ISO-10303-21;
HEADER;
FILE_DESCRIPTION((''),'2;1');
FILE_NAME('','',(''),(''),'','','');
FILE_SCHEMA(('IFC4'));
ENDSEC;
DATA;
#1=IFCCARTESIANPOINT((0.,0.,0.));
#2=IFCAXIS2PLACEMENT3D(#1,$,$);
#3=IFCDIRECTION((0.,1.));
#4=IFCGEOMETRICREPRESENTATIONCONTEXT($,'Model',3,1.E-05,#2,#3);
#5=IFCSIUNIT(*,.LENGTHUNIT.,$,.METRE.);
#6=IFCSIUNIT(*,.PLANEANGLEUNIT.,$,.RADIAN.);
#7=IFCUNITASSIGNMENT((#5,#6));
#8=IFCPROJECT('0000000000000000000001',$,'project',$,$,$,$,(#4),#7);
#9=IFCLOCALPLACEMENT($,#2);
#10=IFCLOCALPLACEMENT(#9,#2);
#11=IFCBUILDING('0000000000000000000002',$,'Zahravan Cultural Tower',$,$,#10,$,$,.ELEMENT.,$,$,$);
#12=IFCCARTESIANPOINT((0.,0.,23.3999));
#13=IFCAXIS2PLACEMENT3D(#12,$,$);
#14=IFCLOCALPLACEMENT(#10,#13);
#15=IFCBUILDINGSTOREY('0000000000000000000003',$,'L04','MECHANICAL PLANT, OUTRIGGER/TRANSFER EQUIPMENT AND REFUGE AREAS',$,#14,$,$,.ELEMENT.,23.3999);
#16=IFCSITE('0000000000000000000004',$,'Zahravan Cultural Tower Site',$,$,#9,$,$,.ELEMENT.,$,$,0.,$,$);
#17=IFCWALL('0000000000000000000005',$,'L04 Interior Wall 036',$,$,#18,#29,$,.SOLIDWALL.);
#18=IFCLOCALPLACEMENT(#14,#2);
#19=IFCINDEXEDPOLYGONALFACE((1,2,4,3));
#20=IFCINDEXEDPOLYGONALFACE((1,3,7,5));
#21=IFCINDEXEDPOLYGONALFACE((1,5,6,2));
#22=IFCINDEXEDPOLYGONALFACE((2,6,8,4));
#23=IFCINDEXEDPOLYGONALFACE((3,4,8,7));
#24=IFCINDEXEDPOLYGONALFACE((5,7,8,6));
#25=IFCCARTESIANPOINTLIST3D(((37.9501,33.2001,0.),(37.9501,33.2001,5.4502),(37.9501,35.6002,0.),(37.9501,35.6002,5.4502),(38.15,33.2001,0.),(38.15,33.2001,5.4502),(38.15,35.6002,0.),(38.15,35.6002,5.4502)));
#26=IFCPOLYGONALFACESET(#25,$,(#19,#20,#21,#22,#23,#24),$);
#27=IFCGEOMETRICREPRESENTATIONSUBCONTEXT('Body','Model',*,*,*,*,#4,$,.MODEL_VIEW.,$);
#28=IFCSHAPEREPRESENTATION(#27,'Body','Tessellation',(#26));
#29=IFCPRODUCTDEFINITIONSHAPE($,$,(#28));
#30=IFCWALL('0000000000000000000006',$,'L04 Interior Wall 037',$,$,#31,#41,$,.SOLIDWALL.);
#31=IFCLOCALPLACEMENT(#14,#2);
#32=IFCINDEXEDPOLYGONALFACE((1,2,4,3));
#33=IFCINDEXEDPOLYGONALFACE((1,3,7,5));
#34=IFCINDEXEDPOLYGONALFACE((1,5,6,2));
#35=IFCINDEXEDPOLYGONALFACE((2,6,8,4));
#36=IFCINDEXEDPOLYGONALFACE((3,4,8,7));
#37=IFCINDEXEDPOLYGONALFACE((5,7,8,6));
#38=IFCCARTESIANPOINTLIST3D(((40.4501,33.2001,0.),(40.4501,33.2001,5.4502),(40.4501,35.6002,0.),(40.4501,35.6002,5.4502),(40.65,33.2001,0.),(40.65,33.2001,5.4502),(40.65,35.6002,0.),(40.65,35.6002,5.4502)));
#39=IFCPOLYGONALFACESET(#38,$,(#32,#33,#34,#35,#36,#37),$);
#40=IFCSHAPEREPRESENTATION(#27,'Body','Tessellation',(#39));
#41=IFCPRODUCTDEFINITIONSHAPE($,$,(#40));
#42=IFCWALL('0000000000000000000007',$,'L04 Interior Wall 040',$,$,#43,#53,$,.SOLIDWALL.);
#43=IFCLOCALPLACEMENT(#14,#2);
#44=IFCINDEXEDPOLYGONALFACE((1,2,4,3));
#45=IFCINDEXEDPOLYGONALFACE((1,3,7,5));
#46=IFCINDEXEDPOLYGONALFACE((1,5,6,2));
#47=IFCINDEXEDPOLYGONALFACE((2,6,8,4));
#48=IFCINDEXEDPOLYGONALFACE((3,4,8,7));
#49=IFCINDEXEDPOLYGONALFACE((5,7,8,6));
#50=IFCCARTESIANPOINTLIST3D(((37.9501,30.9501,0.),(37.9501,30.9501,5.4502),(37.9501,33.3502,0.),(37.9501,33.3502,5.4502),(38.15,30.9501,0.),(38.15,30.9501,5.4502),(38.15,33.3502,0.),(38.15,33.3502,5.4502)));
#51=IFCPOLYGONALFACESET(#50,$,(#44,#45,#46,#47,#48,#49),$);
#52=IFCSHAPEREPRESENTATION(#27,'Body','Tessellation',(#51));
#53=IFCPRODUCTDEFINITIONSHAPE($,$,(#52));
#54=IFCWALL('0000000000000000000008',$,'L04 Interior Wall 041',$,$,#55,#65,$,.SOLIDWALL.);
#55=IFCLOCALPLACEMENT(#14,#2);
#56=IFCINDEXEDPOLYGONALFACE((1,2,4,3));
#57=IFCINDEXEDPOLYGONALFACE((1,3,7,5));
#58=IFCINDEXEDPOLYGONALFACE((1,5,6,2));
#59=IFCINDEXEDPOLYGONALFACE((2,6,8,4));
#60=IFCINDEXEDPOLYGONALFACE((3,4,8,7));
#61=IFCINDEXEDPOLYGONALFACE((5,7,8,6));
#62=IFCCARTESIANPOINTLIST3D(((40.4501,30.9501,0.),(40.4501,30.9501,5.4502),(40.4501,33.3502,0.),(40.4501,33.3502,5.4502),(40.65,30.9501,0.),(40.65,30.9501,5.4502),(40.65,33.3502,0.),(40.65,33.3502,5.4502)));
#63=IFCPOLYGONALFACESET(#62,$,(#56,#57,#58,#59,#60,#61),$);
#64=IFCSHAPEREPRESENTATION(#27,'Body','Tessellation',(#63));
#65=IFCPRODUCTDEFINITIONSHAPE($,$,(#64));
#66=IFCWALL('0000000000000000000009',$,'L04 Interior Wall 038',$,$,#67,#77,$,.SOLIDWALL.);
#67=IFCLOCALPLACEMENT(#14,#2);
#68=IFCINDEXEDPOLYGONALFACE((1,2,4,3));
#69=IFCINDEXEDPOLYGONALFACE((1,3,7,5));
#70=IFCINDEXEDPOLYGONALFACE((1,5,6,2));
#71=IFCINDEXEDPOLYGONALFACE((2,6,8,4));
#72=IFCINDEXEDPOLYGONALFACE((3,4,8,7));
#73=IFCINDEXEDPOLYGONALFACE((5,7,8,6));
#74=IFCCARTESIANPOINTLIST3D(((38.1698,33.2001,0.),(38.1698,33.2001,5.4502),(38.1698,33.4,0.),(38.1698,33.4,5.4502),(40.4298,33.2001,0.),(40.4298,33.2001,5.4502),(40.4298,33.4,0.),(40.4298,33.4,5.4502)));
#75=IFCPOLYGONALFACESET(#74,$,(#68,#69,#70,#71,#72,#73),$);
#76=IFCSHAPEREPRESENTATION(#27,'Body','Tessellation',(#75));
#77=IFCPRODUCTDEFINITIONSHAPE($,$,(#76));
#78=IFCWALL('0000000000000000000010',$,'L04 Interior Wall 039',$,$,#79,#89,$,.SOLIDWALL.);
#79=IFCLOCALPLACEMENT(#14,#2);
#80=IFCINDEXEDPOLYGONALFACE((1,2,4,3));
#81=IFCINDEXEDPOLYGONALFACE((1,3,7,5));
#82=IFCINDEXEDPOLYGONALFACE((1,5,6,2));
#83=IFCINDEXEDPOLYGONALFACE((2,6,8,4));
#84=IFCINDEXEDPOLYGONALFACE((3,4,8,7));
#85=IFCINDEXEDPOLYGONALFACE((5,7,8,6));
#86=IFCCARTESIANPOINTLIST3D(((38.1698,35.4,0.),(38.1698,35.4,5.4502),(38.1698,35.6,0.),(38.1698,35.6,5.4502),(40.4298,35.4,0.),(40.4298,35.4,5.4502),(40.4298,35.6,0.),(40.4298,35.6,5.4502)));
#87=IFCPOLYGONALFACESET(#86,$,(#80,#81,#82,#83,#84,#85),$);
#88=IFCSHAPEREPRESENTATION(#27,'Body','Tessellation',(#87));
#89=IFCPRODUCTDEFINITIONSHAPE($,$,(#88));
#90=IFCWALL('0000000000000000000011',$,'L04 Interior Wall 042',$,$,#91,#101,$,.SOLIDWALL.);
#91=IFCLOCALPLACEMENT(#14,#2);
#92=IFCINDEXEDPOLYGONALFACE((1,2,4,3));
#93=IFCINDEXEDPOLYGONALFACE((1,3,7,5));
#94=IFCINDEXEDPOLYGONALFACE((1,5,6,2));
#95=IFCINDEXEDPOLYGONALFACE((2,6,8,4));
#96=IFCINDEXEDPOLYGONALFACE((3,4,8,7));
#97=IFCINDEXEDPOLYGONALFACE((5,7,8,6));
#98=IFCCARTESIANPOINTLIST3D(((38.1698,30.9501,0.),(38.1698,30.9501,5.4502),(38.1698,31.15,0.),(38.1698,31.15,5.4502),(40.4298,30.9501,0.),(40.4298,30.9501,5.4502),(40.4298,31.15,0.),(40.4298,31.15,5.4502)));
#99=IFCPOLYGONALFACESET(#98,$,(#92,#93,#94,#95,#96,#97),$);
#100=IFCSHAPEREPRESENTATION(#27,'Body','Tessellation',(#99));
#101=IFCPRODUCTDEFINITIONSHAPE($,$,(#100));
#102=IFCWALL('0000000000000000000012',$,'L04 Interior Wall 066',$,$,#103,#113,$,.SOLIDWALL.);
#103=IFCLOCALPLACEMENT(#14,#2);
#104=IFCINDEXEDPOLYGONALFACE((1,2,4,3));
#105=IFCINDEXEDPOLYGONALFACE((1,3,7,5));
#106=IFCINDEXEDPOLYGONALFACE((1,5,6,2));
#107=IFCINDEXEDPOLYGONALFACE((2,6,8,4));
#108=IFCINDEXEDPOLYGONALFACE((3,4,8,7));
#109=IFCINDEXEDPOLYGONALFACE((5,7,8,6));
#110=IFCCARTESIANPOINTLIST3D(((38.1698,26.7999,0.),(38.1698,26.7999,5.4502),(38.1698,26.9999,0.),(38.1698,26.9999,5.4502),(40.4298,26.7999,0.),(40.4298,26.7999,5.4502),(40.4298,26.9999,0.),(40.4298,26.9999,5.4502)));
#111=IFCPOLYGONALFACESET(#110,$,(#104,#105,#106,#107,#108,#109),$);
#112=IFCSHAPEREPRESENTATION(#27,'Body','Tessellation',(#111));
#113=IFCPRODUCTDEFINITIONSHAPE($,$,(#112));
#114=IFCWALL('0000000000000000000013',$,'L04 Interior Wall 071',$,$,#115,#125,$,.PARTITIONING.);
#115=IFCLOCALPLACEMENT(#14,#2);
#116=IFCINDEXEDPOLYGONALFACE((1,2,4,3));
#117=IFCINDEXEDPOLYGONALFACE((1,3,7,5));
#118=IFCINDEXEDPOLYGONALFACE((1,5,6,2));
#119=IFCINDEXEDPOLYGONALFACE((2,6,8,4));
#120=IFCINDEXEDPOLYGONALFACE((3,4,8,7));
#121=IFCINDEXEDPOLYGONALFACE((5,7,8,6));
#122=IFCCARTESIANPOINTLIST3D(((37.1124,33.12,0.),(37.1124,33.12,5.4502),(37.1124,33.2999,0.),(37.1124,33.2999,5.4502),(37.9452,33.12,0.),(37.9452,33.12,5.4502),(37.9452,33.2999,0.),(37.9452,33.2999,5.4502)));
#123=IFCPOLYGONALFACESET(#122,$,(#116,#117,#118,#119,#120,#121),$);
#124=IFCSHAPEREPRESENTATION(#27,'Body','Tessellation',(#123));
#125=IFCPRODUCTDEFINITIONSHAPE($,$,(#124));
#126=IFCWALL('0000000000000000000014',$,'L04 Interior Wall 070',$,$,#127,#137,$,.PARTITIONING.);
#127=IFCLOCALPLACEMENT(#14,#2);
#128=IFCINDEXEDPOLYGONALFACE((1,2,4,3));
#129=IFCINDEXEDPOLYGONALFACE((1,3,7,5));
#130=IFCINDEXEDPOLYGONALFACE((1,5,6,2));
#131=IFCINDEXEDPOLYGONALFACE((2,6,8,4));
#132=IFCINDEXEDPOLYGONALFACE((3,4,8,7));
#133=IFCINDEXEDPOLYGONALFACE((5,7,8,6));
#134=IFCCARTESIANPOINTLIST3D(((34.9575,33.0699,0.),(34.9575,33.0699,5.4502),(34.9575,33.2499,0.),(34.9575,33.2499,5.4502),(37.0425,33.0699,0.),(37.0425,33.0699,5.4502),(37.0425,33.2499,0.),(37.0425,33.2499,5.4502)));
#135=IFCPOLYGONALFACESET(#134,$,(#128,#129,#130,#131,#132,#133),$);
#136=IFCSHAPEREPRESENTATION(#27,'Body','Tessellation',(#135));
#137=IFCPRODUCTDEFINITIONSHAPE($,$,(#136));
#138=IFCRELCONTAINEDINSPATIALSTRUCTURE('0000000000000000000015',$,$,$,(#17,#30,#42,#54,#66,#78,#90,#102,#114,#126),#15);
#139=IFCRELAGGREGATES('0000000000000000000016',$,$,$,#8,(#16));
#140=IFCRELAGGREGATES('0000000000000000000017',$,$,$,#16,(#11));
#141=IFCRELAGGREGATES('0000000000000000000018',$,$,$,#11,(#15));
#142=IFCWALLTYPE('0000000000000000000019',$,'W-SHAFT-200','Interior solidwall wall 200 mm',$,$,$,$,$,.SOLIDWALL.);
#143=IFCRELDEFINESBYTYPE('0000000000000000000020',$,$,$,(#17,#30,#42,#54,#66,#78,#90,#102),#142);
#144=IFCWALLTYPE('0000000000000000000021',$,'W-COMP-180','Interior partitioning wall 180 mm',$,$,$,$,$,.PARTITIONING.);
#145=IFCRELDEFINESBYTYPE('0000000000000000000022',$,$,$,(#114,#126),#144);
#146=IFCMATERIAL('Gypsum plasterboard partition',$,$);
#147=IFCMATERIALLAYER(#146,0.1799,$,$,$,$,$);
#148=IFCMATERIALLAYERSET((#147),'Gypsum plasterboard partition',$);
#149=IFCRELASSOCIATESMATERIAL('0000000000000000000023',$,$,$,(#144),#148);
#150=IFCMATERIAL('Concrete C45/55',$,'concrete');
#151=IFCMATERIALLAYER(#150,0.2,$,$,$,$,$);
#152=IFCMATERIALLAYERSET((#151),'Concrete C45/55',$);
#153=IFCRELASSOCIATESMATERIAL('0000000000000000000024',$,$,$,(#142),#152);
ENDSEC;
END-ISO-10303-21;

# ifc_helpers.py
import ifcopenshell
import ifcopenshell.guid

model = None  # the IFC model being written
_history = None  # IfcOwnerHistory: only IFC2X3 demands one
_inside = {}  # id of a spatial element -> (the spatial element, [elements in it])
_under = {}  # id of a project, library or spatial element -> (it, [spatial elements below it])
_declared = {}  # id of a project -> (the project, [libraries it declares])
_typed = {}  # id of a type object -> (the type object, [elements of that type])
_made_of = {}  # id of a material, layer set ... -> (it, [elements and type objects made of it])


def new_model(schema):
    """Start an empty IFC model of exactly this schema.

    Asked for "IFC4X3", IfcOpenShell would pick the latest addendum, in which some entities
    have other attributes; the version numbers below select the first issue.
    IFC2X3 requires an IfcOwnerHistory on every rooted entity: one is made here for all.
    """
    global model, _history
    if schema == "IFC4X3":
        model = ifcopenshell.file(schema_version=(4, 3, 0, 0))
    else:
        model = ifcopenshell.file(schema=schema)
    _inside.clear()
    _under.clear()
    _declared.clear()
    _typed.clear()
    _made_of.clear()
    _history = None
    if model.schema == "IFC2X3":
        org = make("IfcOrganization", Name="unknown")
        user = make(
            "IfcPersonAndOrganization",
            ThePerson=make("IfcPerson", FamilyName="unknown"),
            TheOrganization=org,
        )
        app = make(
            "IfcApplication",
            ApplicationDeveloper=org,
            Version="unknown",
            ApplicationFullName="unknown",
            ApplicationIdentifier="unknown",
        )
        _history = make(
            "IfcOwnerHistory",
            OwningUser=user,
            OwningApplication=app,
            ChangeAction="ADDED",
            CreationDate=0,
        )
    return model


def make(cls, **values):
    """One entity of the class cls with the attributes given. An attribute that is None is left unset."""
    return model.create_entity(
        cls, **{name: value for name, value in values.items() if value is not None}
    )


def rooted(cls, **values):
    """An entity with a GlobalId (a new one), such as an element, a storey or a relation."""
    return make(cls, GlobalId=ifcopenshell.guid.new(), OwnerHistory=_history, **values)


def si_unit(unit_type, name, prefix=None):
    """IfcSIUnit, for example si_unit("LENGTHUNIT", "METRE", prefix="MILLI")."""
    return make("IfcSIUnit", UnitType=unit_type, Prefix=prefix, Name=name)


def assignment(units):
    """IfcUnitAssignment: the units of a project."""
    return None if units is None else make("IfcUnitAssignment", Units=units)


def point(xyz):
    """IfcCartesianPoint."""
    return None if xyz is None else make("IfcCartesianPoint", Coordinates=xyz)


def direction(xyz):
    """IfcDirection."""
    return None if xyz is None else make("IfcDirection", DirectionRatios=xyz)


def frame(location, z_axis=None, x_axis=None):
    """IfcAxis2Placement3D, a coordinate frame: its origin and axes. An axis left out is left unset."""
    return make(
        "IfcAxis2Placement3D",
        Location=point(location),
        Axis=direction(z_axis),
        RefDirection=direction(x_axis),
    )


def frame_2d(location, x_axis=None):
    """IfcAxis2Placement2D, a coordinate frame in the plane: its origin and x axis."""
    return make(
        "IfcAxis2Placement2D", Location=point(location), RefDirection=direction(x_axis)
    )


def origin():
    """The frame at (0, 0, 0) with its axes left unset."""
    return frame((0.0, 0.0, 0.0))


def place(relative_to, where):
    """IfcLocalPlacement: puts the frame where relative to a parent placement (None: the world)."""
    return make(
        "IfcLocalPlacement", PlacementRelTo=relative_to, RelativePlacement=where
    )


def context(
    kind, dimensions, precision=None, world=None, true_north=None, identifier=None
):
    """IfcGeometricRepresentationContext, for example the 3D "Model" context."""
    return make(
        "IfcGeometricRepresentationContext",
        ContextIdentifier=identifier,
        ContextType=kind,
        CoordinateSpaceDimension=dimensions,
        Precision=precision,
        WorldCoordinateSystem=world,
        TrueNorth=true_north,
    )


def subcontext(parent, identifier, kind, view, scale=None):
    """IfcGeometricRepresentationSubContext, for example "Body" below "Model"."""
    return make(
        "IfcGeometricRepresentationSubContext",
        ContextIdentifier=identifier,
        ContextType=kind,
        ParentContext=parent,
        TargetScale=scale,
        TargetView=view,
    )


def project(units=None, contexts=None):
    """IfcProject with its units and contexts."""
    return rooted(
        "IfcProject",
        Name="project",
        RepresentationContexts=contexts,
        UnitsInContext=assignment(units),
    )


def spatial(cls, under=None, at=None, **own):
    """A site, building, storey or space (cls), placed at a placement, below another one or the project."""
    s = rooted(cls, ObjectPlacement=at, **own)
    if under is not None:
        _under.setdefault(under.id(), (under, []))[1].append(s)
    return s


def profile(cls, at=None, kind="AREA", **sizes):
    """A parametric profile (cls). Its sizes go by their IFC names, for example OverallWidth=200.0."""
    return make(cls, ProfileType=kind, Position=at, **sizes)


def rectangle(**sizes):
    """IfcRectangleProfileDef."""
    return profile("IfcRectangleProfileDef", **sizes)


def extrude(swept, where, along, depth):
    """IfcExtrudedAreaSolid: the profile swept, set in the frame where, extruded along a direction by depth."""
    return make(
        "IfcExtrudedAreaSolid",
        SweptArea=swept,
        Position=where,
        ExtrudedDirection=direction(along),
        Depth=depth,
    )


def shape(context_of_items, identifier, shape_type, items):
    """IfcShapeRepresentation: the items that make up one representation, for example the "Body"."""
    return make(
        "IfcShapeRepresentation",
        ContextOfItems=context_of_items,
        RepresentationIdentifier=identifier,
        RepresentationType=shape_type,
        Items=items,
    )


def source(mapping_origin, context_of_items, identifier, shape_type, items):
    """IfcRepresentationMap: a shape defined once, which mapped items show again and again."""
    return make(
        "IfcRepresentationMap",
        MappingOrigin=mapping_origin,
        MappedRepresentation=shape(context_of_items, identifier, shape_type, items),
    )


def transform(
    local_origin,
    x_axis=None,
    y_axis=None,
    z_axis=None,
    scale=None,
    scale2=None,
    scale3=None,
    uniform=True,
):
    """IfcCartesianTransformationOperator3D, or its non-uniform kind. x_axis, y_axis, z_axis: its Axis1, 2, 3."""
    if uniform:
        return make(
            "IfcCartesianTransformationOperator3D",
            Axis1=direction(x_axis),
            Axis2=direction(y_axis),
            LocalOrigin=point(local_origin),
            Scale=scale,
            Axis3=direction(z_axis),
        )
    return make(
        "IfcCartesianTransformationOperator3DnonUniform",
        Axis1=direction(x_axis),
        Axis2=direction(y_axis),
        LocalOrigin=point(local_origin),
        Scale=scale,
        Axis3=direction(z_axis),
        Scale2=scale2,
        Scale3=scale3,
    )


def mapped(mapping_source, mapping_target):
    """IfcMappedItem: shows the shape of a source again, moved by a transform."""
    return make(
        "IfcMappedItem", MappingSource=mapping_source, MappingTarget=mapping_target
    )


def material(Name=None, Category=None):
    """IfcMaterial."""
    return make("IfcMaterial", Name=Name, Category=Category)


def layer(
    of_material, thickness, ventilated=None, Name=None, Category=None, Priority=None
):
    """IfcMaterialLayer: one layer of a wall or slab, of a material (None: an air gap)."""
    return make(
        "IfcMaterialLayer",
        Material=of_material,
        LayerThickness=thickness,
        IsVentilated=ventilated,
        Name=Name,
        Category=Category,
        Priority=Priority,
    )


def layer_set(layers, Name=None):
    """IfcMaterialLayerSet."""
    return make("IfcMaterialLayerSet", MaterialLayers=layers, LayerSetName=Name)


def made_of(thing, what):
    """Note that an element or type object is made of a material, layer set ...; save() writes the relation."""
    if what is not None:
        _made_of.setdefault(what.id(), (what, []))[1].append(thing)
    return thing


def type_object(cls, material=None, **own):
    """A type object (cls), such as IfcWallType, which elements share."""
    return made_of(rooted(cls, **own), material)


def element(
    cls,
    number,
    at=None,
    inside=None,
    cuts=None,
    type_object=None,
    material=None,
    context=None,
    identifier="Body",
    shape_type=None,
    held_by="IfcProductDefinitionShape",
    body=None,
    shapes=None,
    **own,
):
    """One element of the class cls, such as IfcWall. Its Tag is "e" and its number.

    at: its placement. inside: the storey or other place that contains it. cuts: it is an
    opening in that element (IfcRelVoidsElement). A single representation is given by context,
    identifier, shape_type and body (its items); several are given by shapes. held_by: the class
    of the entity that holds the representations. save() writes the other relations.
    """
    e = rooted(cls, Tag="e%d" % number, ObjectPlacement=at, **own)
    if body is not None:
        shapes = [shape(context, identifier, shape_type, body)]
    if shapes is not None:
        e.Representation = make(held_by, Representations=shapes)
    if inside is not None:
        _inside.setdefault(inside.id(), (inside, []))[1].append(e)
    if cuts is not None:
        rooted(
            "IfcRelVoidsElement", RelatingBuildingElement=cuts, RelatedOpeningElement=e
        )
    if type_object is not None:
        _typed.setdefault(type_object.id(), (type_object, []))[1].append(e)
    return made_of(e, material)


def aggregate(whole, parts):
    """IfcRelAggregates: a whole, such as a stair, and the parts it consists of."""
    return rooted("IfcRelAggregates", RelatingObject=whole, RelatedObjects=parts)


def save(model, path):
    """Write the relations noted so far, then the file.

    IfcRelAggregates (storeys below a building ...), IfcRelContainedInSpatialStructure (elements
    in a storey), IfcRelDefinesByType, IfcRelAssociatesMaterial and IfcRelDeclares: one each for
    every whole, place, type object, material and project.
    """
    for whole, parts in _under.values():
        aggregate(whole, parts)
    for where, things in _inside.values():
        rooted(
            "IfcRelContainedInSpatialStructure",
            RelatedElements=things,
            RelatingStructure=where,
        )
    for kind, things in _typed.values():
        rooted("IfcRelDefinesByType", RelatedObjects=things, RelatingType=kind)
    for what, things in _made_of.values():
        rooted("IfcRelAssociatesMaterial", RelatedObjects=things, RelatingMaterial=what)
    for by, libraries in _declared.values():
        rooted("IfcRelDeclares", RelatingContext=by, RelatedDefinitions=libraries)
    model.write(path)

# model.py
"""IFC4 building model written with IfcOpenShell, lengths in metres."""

from ifc_helpers import new_model, si_unit, direction, frame, frame_2d, origin, place, context, subcontext, project, spatial, rectangle, extrude, source, transform, mapped, material, layer, layer_set, type_object, element, save


model = new_model("IFC4")

# Units and contexts
model_context = context("Model", 3, precision=1e-05, world=origin(), true_north=direction((0.0, 1.0)))
body_context = subcontext(model_context, "Body", "Model", "MODEL_VIEW")
ifc_project = project(units=[si_unit("LENGTHUNIT", "METRE"), si_unit("PLANEANGLEUNIT", "RADIAN")], contexts=[model_context])

# Site, building, storey
site_placement = place(None, origin())
site = spatial("IfcSite", under=ifc_project, at=site_placement, Name="Zahravan Cultural Tower Site", CompositionType="ELEMENT", RefElevation=0.0)
building_placement = place(site_placement, origin())
building = spatial("IfcBuilding", under=site, at=building_placement, Name="Zahravan Cultural Tower", CompositionType="ELEMENT")
storey_placement = place(building_placement, frame((0.0, 0.0, 23.3999)))
storey = spatial("IfcBuildingStorey", under=building, at=storey_placement, Name="L04", Description="MECHANICAL PLANT, OUTRIGGER/TRANSFER EQUIPMENT AND REFUGE AREAS", CompositionType="ELEMENT", Elevation=23.3999)

# Shared definitions
ifc_material_1 = material(Name="Gypsum plasterboard partition")
ifc_layer_1 = layer(ifc_material_1, 0.1799)
ifc_layer_set_1 = layer_set([ifc_layer_1], Name="Gypsum plasterboard partition")
wall_type_1 = type_object("IfcWallType", Name="W-COMP-180", Description="Interior partitioning wall 180 mm", PredefinedType="PARTITIONING", material=ifc_layer_set_1)
ifc_material_2 = material(Name="Concrete C45/55", Category="concrete")
ifc_layer_2 = layer(ifc_material_2, 0.2)
ifc_layer_set_2 = layer_set([ifc_layer_2], Name="Concrete C45/55")
wall_type_2 = type_object("IfcWallType", Name="W-SHAFT-200", Description="Interior solidwall wall 200 mm", PredefinedType="SOLIDWALL", material=ifc_layer_set_2)

# Walls
shared_shape_1 = source(origin(), body_context, "Body", "SweptSolid", [
    extrude(rectangle(XDim=2.4001, YDim=0.2, at=frame_2d((1.2002, 0.0))), origin(), (0.0, 0.0, 1.0), 5.4502),
])
for number, where, z_axis, x_axis, name in (
    (1, (38.05, 33.2, 0.0), (0.0, 0.0, 1.0), (0.0, 1.0, 0.0), "L04 Interior Wall 036"),
    (2, (40.55, 33.2, 0.0), (0.0, 0.0, 1.0), (0.0, 1.0, 0.0), "L04 Interior Wall 037"),
    (3, (38.05, 30.95, 0.0), (0.0, 0.0, 1.0), (0.0, 1.0, 0.0), "L04 Interior Wall 040"),
    (4, (40.55, 30.95, 0.0), (0.0, 0.0, 1.0), (0.0, 1.0, 0.0), "L04 Interior Wall 041"),
):
    element("IfcWall", number, at=place(storey_placement, frame(where, z_axis=z_axis, x_axis=x_axis)), inside=storey, type_object=wall_type_2, Name=name, PredefinedType="SOLIDWALL", context=body_context, shape_type="MappedRepresentation", body=[
        mapped(shared_shape_1, transform((0.0, 0.0, 0.0), x_axis=(1.0, 0.0, 0.0), y_axis=(0.0, 1.0, 0.0), z_axis=(0.0, 0.0, 1.0), scale=1.0)),
    ])
shared_shape_2 = source(origin(), body_context, "Body", "SweptSolid", [
    extrude(rectangle(XDim=2.26, YDim=0.2, at=frame_2d((1.1299, 0.0))), origin(), (0.0, 0.0, 1.0), 5.4502),
])
for number, where, z_axis, x_axis, name in (
    (5, (38.1699, 33.3, 0.0), (0.0, 0.0, 1.0), (1.0, 0.0, 0.0), "L04 Interior Wall 038"),
    (6, (38.1699, 35.5, 0.0), (0.0, 0.0, 1.0), (1.0, 0.0, 0.0), "L04 Interior Wall 039"),
    (7, (38.1699, 31.05, 0.0), (0.0, 0.0, 1.0), (1.0, 0.0, 0.0), "L04 Interior Wall 042"),
    (8, (38.1699, 26.8999, 0.0), (0.0, 0.0, 1.0), (1.0, 0.0, 0.0), "L04 Interior Wall 066"),
):
    element("IfcWall", number, at=place(storey_placement, frame(where, z_axis=z_axis, x_axis=x_axis)), inside=storey, type_object=wall_type_2, Name=name, PredefinedType="SOLIDWALL", context=body_context, shape_type="MappedRepresentation", body=[
        mapped(shared_shape_2, transform((0.0, 0.0, 0.0), x_axis=(1.0, 0.0, 0.0), y_axis=(0.0, 1.0, 0.0), z_axis=(0.0, 0.0, 1.0), scale=1.0)),
    ])
shared_shape_3 = source(origin(), body_context, "Body", "SweptSolid", [
    extrude(rectangle(XDim=0.8328, YDim=0.1799, at=frame_2d((0.4165, 0.0))), origin(), (0.0, 0.0, 1.0), 5.4502),
])
wall_1_placement = place(storey_placement, frame((37.1123, 33.21, 0.0), z_axis=(0.0, 0.0, 1.0), x_axis=(1.0, 0.0, 0.0)))
element("IfcWall", 9, at=wall_1_placement, inside=storey, type_object=wall_type_1, Name="L04 Interior Wall 071", PredefinedType="PARTITIONING", context=body_context, shape_type="MappedRepresentation", body=[
    mapped(shared_shape_3, transform((0.0, 0.0, 0.0), x_axis=(1.0, 0.0, 0.0), y_axis=(0.0, 1.0, 0.0), z_axis=(0.0, 0.0, 1.0), scale=1.0)),
])
shared_shape_4 = source(origin(), body_context, "Body", "SweptSolid", [
    extrude(rectangle(XDim=2.085, YDim=0.1799, at=frame_2d((1.0425, 0.0))), origin(), (0.0, 0.0, 1.0), 5.4502),
])
wall_2_placement = place(storey_placement, frame((34.9575, 33.1599, 0.0), z_axis=(0.0, 0.0, 1.0), x_axis=(1.0, 0.0, 0.0)))
element("IfcWall", 10, at=wall_2_placement, inside=storey, type_object=wall_type_1, Name="L04 Interior Wall 070", PredefinedType="PARTITIONING", context=body_context, shape_type="MappedRepresentation", body=[
    mapped(shared_shape_4, transform((0.0, 0.0, 0.0), x_axis=(1.0, 0.0, 0.0), y_axis=(0.0, 1.0, 0.0), z_axis=(0.0, 0.0, 1.0), scale=1.0)),
])

save(model, "model.ifc")
